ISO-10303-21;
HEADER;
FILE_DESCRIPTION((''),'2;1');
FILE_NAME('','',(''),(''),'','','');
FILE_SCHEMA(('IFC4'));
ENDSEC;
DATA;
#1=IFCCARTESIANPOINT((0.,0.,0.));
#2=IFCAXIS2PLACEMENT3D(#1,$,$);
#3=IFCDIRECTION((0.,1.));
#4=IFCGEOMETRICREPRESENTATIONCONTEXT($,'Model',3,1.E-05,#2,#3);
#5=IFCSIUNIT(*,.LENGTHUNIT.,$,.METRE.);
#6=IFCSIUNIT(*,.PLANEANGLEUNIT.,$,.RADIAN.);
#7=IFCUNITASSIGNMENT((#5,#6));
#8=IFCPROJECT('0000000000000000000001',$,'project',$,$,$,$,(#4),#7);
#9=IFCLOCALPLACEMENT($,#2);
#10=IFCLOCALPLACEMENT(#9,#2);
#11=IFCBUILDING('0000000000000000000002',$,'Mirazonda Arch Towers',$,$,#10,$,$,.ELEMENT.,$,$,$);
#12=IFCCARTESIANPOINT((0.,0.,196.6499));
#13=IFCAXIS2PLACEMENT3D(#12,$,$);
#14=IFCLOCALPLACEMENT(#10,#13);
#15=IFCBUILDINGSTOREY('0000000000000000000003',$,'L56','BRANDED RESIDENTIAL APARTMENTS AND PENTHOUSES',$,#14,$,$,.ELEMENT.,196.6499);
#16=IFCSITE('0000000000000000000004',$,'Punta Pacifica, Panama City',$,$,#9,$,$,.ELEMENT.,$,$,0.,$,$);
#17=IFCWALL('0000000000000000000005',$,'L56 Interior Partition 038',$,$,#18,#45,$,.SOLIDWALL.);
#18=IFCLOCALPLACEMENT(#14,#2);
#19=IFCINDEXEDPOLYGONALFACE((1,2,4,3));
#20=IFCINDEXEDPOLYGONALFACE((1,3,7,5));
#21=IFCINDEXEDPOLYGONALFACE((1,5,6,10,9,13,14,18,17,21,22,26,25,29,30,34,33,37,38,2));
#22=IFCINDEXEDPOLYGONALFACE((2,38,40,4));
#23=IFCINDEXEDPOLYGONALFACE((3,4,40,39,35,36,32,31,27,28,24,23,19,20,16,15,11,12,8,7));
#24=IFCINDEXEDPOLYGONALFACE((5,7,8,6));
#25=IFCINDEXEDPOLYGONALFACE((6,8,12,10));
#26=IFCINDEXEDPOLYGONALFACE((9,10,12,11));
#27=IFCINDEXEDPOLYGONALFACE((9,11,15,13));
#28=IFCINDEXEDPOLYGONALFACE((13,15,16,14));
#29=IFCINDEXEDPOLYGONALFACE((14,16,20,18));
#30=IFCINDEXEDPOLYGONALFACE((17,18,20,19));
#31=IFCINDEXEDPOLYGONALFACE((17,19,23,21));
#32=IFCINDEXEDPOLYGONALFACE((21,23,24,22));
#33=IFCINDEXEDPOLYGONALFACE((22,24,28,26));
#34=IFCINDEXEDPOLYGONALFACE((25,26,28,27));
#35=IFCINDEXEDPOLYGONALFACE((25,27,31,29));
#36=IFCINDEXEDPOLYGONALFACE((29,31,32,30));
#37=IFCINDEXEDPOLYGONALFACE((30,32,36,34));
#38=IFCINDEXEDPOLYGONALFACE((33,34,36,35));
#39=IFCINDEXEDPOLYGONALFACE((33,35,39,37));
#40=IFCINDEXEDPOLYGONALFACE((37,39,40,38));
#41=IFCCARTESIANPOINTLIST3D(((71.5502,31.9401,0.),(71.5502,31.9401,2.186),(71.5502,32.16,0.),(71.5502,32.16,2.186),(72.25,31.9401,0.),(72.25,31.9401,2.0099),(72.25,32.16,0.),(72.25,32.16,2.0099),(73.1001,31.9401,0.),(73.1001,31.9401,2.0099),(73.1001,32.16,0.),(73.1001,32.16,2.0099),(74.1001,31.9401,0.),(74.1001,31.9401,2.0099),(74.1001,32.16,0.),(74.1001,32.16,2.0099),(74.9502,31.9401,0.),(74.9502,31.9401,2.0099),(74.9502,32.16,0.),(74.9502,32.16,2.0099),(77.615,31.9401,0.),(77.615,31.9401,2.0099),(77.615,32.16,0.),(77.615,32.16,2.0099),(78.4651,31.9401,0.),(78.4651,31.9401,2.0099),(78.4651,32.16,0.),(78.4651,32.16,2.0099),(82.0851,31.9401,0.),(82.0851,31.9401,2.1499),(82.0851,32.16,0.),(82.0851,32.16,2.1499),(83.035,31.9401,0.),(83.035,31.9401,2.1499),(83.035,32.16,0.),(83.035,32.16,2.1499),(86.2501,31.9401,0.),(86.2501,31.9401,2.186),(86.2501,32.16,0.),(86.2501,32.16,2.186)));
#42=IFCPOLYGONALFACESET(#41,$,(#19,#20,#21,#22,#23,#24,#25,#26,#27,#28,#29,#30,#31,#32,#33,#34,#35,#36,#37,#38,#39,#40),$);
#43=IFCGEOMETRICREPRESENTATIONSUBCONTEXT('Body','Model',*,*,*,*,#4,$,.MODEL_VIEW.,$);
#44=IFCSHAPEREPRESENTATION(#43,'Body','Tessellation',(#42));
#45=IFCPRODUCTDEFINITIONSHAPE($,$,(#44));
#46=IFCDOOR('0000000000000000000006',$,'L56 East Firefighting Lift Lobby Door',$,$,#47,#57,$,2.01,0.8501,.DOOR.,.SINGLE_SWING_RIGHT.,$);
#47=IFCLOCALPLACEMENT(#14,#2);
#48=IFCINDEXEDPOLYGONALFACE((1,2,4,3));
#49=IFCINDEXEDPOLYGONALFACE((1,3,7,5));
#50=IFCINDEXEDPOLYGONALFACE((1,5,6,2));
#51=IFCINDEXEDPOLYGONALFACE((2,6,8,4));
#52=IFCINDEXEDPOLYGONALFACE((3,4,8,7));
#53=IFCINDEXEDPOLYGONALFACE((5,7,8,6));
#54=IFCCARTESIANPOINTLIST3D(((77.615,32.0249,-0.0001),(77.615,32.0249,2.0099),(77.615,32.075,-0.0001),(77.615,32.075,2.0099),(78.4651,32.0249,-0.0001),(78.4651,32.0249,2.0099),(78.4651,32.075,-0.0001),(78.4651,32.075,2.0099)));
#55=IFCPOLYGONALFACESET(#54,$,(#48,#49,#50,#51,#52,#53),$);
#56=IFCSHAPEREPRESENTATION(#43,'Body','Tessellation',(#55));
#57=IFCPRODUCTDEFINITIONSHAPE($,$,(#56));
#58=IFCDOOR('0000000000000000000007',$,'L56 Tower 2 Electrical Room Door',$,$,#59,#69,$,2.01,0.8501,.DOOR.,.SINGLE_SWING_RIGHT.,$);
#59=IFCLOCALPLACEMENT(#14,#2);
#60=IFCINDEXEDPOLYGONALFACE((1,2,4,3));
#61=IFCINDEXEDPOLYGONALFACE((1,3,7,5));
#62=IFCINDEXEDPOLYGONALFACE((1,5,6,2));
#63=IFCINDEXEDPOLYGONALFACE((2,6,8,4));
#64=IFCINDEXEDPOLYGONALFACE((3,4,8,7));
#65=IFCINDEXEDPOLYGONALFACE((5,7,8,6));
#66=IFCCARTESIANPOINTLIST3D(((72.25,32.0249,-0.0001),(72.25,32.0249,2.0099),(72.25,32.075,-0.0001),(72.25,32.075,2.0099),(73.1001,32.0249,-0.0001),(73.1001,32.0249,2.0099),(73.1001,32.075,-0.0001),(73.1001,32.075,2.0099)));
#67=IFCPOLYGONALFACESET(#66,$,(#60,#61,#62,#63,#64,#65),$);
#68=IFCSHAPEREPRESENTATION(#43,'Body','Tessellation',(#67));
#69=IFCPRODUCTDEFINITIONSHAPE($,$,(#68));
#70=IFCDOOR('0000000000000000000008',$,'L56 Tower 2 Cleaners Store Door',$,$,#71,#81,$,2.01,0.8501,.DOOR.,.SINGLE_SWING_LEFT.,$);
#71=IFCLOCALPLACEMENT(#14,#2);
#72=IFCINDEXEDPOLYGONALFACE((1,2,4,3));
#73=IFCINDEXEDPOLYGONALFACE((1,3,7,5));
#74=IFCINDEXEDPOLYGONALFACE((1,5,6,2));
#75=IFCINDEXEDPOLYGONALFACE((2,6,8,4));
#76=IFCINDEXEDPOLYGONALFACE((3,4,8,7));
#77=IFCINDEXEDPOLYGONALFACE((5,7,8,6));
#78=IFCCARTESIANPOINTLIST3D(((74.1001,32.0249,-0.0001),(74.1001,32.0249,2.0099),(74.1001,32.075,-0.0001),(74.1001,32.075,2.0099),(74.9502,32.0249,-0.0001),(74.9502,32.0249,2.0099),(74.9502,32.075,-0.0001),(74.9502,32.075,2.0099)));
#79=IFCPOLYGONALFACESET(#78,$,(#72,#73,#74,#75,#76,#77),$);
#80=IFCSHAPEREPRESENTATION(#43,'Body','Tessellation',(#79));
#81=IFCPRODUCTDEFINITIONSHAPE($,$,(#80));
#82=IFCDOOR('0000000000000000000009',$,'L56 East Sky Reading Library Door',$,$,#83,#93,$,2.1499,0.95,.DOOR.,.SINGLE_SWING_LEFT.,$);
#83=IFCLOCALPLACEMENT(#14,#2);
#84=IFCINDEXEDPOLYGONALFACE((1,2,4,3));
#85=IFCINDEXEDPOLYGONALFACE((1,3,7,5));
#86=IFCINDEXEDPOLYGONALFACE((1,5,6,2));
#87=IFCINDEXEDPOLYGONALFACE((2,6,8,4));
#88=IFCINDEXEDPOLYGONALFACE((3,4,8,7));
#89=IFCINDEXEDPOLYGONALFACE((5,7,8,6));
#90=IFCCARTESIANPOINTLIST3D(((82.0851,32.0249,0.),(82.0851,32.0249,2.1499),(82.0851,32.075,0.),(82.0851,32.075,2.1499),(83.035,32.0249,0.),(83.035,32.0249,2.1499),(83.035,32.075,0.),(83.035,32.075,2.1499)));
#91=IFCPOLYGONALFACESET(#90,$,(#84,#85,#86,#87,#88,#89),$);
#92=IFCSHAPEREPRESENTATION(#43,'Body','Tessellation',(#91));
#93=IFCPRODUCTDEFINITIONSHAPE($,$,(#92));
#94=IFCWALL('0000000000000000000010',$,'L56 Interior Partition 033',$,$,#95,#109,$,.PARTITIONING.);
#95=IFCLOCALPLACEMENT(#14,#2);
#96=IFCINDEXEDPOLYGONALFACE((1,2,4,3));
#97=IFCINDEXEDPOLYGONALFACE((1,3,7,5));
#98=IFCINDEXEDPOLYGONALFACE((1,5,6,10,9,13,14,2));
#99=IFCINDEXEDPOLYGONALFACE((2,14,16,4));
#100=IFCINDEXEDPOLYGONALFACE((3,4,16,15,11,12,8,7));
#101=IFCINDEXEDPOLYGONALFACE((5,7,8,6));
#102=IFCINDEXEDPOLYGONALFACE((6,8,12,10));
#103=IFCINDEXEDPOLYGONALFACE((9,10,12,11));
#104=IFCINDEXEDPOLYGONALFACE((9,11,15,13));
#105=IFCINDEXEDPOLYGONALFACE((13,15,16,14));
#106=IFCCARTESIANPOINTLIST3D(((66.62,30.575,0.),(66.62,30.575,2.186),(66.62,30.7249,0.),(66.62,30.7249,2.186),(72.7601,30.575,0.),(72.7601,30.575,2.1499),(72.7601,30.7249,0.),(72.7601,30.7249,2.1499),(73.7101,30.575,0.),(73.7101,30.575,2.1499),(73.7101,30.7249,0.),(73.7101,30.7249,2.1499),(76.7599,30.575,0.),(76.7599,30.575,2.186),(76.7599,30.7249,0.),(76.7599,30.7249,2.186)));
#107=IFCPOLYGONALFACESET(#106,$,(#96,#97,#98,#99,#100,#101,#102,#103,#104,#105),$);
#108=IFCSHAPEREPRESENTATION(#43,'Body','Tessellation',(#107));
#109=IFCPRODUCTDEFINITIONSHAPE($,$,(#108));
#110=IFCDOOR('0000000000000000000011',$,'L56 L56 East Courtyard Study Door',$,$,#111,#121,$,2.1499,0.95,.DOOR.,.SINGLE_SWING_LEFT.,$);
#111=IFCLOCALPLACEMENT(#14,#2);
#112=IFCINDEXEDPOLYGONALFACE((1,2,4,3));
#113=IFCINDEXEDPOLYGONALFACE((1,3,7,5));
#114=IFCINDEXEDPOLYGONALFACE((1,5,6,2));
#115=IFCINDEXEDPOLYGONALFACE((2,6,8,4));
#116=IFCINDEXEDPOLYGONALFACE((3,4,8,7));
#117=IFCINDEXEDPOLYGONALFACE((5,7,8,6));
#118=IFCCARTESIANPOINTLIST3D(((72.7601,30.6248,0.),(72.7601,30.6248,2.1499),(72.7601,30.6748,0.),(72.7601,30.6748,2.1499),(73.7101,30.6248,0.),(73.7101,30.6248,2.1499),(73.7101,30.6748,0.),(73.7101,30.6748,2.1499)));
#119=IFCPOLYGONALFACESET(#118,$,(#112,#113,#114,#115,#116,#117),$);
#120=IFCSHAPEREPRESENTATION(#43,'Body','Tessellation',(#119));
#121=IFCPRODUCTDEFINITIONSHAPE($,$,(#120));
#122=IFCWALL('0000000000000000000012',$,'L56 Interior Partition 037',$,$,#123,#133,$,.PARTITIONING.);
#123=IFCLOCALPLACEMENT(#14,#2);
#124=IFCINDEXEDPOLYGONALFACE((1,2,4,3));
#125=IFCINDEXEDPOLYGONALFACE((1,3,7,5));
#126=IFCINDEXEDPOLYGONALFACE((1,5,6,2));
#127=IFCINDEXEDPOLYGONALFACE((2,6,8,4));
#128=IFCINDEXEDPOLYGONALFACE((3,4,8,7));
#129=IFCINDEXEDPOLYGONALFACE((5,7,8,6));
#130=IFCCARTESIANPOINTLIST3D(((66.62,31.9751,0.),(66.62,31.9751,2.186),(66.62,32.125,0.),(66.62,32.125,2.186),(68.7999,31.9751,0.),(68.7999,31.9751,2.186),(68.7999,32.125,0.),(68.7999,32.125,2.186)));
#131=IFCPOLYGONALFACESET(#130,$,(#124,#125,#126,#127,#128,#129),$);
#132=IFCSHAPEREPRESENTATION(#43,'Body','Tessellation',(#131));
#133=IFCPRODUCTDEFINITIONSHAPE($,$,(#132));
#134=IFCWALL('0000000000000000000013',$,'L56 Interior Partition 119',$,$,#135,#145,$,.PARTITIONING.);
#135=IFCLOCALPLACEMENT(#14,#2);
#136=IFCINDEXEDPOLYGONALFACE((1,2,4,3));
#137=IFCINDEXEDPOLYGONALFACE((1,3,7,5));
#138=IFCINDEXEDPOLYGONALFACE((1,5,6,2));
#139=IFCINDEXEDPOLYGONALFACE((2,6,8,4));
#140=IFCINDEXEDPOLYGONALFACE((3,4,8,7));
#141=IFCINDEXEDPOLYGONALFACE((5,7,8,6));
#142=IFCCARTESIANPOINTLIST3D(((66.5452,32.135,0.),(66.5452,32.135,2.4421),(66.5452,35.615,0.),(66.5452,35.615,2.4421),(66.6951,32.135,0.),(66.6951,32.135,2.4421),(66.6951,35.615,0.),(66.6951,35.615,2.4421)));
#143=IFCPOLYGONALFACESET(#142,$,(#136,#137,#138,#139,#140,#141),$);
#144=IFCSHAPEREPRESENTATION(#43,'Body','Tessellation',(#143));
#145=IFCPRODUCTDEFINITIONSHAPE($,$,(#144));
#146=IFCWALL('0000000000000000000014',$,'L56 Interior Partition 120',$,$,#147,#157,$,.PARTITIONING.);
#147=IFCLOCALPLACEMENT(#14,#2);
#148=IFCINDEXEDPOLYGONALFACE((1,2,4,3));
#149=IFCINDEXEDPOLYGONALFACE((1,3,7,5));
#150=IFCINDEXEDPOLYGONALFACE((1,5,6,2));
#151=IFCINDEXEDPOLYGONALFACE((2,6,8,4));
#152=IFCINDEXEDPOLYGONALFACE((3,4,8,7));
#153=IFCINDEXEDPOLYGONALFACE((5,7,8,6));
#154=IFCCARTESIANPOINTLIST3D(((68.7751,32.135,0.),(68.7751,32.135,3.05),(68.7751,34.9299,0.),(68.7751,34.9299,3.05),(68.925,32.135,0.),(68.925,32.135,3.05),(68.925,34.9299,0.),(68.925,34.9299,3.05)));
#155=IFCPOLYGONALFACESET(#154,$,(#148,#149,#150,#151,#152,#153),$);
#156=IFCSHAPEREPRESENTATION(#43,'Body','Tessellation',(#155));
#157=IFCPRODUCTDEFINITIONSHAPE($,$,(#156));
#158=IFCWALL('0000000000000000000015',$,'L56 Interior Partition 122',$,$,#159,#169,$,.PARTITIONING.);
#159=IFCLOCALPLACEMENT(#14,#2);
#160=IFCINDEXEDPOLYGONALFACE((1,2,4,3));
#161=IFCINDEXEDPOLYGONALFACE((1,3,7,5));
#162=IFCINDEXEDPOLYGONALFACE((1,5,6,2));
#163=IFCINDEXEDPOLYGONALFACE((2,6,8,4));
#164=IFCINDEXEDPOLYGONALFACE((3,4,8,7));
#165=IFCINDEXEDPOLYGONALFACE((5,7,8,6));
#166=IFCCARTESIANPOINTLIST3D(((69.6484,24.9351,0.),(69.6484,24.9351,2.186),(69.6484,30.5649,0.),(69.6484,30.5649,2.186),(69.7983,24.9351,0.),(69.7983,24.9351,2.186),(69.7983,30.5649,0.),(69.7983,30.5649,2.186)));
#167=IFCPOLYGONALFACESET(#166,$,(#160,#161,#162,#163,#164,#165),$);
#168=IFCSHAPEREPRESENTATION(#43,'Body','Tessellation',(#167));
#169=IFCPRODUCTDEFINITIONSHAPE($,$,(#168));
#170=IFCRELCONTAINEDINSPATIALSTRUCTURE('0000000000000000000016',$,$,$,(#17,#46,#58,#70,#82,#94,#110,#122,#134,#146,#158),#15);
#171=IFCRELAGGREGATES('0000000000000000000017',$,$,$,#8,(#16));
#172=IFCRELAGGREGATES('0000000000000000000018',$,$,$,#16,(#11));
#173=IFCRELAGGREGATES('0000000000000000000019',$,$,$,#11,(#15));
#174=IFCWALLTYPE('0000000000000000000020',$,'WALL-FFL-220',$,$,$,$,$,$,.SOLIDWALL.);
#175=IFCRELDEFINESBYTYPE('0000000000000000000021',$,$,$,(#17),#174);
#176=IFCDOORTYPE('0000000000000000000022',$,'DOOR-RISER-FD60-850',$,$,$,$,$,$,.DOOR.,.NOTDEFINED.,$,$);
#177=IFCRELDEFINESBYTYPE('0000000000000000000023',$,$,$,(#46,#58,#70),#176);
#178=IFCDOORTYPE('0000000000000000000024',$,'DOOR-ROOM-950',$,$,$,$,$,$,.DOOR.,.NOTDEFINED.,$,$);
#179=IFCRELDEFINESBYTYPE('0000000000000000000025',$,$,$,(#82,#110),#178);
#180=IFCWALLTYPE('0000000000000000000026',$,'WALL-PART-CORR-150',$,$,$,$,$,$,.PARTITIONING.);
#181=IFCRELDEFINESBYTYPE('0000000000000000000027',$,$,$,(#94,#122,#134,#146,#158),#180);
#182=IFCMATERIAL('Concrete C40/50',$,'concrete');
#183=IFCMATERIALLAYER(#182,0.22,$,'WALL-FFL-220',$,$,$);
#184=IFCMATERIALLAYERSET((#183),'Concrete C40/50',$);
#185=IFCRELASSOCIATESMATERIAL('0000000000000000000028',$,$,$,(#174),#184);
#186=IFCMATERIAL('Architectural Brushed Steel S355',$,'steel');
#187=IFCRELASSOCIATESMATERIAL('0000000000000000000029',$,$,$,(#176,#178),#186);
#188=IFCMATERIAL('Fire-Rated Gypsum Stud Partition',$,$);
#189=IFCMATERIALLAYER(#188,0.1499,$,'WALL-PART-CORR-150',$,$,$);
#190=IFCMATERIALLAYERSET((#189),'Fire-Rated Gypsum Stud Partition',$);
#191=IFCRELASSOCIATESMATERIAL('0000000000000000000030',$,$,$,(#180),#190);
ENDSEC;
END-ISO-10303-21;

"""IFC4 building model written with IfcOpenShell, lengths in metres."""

from ifc_helpers import new_model, si_unit, direction, frame, frame_2d, origin, place, context, subcontext, project, spatial, rectangle, extrude, material, layer, layer_set, type_object, element, fill, save


model = new_model("IFC4")

# Units and contexts
model_context = context("Model", 3, precision=1e-05, world=origin(), true_north=direction((0.0, 1.0)))
body_context = subcontext(model_context, "Body", "Model", "MODEL_VIEW")
ifc_project = project(units=[si_unit("LENGTHUNIT", "METRE"), si_unit("PLANEANGLEUNIT", "RADIAN")], contexts=[model_context])

# Site, building, storey
site_placement = place(None, origin())
site = spatial("IfcSite", under=ifc_project, at=site_placement, Name="Punta Pacifica, Panama City", CompositionType="ELEMENT", RefElevation=0.0)
building_placement = place(site_placement, origin())
building = spatial("IfcBuilding", under=site, at=building_placement, Name="Mirazonda Arch Towers", CompositionType="ELEMENT")
storey_placement = place(building_placement, frame((0.0, 0.0, 196.6499)))
storey = spatial("IfcBuildingStorey", under=building, at=storey_placement, Name="L56", Description="BRANDED RESIDENTIAL APARTMENTS AND PENTHOUSES", CompositionType="ELEMENT", Elevation=196.6499)

# Wall, openings, doors
ifc_material_1 = material(Name="Architectural Brushed Steel S355", Category="steel")
ifc_material_2 = material(Name="Concrete C40/50", Category="concrete")
ifc_layer_1 = layer(ifc_material_2, 0.22, Name="WALL-FFL-220")
ifc_layer_set_1 = layer_set([ifc_layer_1], Name="Concrete C40/50")
wall_type_1 = type_object("IfcWallType", Name="WALL-FFL-220", PredefinedType="SOLIDWALL", material=ifc_layer_set_1)
wall_1_placement = place(storey_placement, frame((71.55, 32.05, 0.0), z_axis=(0.0, 0.0, 1.0), x_axis=(1.0, 0.0, 0.0)))
wall_1 = element("IfcWall", 1, at=wall_1_placement, inside=storey, type_object=wall_type_1, Name="L56 Interior Partition 038", PredefinedType="SOLIDWALL", context=body_context, shape_type="SweptSolid", body=[
    extrude(rectangle(XDim=14.7, YDim=0.22, at=frame_2d((7.3501, 0.0))), origin(), (0.0, 0.0, 1.0), 2.186),
])
opening_1_placement = place(wall_1_placement, frame((6.0649, 0.0, 0.0)))
opening_1 = element("IfcOpeningElement", 2, at=opening_1_placement, cuts=wall_1, PredefinedType="OPENING", context=body_context, shape_type="SweptSolid", body=[
    extrude(rectangle(XDim=0.8501, YDim=2.01, at=frame_2d((0.425, 1.0049))), frame((0.0, 0.1199, 0.0), z_axis=(0.0, -1.0, 0.0), x_axis=(1.0, 0.0, 0.0)), (0.0, 0.0, 1.0), 0.24),
])
opening_2_placement = place(wall_1_placement, frame((10.5349, 0.0, 0.0)))
opening_2 = element("IfcOpeningElement", 3, at=opening_2_placement, cuts=wall_1, PredefinedType="OPENING", context=body_context, shape_type="SweptSolid", body=[
    extrude(rectangle(XDim=0.95, YDim=2.1499, at=frame_2d((0.4751, 1.075))), frame((0.0, 0.1199, 0.0), z_axis=(0.0, -1.0, 0.0), x_axis=(1.0, 0.0, 0.0)), (0.0, 0.0, 1.0), 0.24),
])
opening_3_placement = place(wall_1_placement, frame((0.7, 0.0, 0.0)))
opening_3 = element("IfcOpeningElement", 4, at=opening_3_placement, cuts=wall_1, PredefinedType="OPENING", context=body_context, shape_type="SweptSolid", body=[
    extrude(rectangle(XDim=0.8501, YDim=2.01, at=frame_2d((0.425, 1.0049))), frame((0.0, 0.1199, 0.0), z_axis=(0.0, -1.0, 0.0), x_axis=(1.0, 0.0, 0.0)), (0.0, 0.0, 1.0), 0.24),
])
opening_4_placement = place(wall_1_placement, frame((2.55, 0.0, 0.0)))
opening_4 = element("IfcOpeningElement", 5, at=opening_4_placement, cuts=wall_1, PredefinedType="OPENING", context=body_context, shape_type="SweptSolid", body=[
    extrude(rectangle(XDim=0.8501, YDim=2.01, at=frame_2d((0.425, 1.0049))), frame((0.0, 0.1199, 0.0), z_axis=(0.0, -1.0, 0.0), x_axis=(1.0, 0.0, 0.0)), (0.0, 0.0, 1.0), 0.24),
])
door_type_1 = type_object("IfcDoorType", Name="DOOR-RISER-FD60-850", OperationType="NOTDEFINED", PredefinedType="DOOR", material=ifc_material_1)
door_1_placement = place(opening_1_placement, origin())
door_1 = element("IfcDoor", 6, at=door_1_placement, inside=storey, type_object=door_type_1, Name="L56 East Firefighting Lift Lobby Door", OperationType="SINGLE_SWING_RIGHT", OverallHeight=2.01, OverallWidth=0.8501, PredefinedType="DOOR", context=body_context, shape_type="SweptSolid", body=[
    extrude(rectangle(XDim=0.8501, YDim=2.01, at=frame_2d((0.425, 1.0049))), frame((0.0, 0.0249, 0.0), z_axis=(0.0, -1.0, 0.0), x_axis=(1.0, 0.0, 0.0)), (0.0, 0.0, 1.0), 0.05),
])
fill(opening_1, door_1)
door_2_placement = place(opening_3_placement, origin())
door_2 = element("IfcDoor", 7, at=door_2_placement, inside=storey, type_object=door_type_1, Name="L56 Tower 2 Electrical Room Door", OperationType="SINGLE_SWING_RIGHT", OverallHeight=2.01, OverallWidth=0.8501, PredefinedType="DOOR", context=body_context, shape_type="SweptSolid", body=[
    extrude(rectangle(XDim=0.8501, YDim=2.01, at=frame_2d((0.425, 1.0049))), frame((0.0, 0.0249, 0.0), z_axis=(0.0, -1.0, 0.0), x_axis=(1.0, 0.0, 0.0)), (0.0, 0.0, 1.0), 0.05),
])
fill(opening_3, door_2)
door_3_placement = place(opening_4_placement, origin())
door_3 = element("IfcDoor", 8, at=door_3_placement, inside=storey, type_object=door_type_1, Name="L56 Tower 2 Cleaners Store Door", OperationType="SINGLE_SWING_LEFT", OverallHeight=2.01, OverallWidth=0.8501, PredefinedType="DOOR", context=body_context, shape_type="SweptSolid", body=[
    extrude(rectangle(XDim=0.8501, YDim=2.01, at=frame_2d((0.425, 1.0049))), frame((0.0, 0.0249, 0.0), z_axis=(0.0, -1.0, 0.0), x_axis=(1.0, 0.0, 0.0)), (0.0, 0.0, 1.0), 0.05),
])
fill(opening_4, door_3)
door_type_2 = type_object("IfcDoorType", Name="DOOR-ROOM-950", OperationType="NOTDEFINED", PredefinedType="DOOR", material=ifc_material_1)
door_4_placement = place(opening_2_placement, origin())
door_4 = element("IfcDoor", 9, at=door_4_placement, inside=storey, type_object=door_type_2, Name="L56 East Sky Reading Library Door", OperationType="SINGLE_SWING_LEFT", OverallHeight=2.1499, OverallWidth=0.95, PredefinedType="DOOR", context=body_context, shape_type="SweptSolid", body=[
    extrude(rectangle(XDim=0.95, YDim=2.1499, at=frame_2d((0.4751, 1.075))), frame((0.0, 0.0249, 0.0), z_axis=(0.0, -1.0, 0.0), x_axis=(1.0, 0.0, 0.0)), (0.0, 0.0, 1.0), 0.05),
])
fill(opening_2, door_4)

# Wall, opening, door
ifc_material_3 = material(Name="Fire-Rated Gypsum Stud Partition")
ifc_layer_2 = layer(ifc_material_3, 0.1499, Name="WALL-PART-CORR-150")
ifc_layer_set_2 = layer_set([ifc_layer_2], Name="Fire-Rated Gypsum Stud Partition")
wall_type_2 = type_object("IfcWallType", Name="WALL-PART-CORR-150", PredefinedType="PARTITIONING", material=ifc_layer_set_2)
wall_2_placement = place(storey_placement, frame((66.6201, 30.6499, 0.0), z_axis=(0.0, 0.0, 1.0), x_axis=(1.0, 0.0, 0.0)))
wall_2 = element("IfcWall", 10, at=wall_2_placement, inside=storey, type_object=wall_type_2, Name="L56 Interior Partition 033", PredefinedType="PARTITIONING", context=body_context, shape_type="SweptSolid", body=[
    extrude(rectangle(XDim=10.1399, YDim=0.1499, at=frame_2d((5.0698, 0.0))), origin(), (0.0, 0.0, 1.0), 2.186),
])
opening_5_placement = place(wall_2_placement, frame((6.1399, 0.0, 0.0)))
opening_5 = element("IfcOpeningElement", 11, at=opening_5_placement, cuts=wall_2, PredefinedType="OPENING", context=body_context, shape_type="SweptSolid", body=[
    extrude(rectangle(XDim=0.95, YDim=2.1499, at=frame_2d((0.4751, 1.075))), frame((0.0, 0.085, 0.0), z_axis=(0.0, -1.0, 0.0), x_axis=(1.0, 0.0, 0.0)), (0.0, 0.0, 1.0), 0.1699),
])
door_5_placement = place(opening_5_placement, origin())
door_5 = element("IfcDoor", 12, at=door_5_placement, inside=storey, type_object=door_type_2, Name="L56 L56 East Courtyard Study Door", OperationType="SINGLE_SWING_LEFT", OverallHeight=2.1499, OverallWidth=0.95, PredefinedType="DOOR", context=body_context, shape_type="SweptSolid", body=[
    extrude(rectangle(XDim=0.95, YDim=2.1499, at=frame_2d((0.4751, 1.075))), frame((0.0, 0.0249, 0.0), z_axis=(0.0, -1.0, 0.0), x_axis=(1.0, 0.0, 0.0)), (0.0, 0.0, 1.0), 0.05),
])
fill(opening_5, door_5)

# Walls
wall_3_placement = place(storey_placement, frame((66.6201, 32.05, 0.0), z_axis=(0.0, 0.0, 1.0), x_axis=(1.0, 0.0, 0.0)))
element("IfcWall", 13, at=wall_3_placement, inside=storey, type_object=wall_type_2, Name="L56 Interior Partition 037", PredefinedType="PARTITIONING", context=body_context, shape_type="SweptSolid", body=[
    extrude(rectangle(XDim=2.1799, YDim=0.1499, at=frame_2d((1.0898, 0.0))), origin(), (0.0, 0.0, 1.0), 2.186),
])
wall_4_placement = place(storey_placement, frame((66.6201, 32.135, 0.0), z_axis=(0.0, 0.0, 1.0), x_axis=(0.0, 1.0, 0.0)))
element("IfcWall", 14, at=wall_4_placement, inside=storey, type_object=wall_type_2, Name="L56 Interior Partition 119", PredefinedType="PARTITIONING", context=body_context, shape_type="SweptSolid", body=[
    extrude(rectangle(XDim=3.48, YDim=0.1499, at=frame_2d((1.74, 0.0))), origin(), (0.0, 0.0, 1.0), 2.4421),
])
wall_5_placement = place(storey_placement, frame((68.8501, 32.135, 0.0), z_axis=(0.0, 0.0, 1.0), x_axis=(0.0, 1.0, 0.0)))
element("IfcWall", 15, at=wall_5_placement, inside=storey, type_object=wall_type_2, Name="L56 Interior Partition 120", PredefinedType="PARTITIONING", context=body_context, shape_type="SweptSolid", body=[
    extrude(rectangle(XDim=2.7949, YDim=0.1499, at=frame_2d((1.3975, 0.0))), origin(), (0.0, 0.0, 1.0), 3.05),
])
wall_6_placement = place(storey_placement, frame((69.7234, 24.9351, 0.0), z_axis=(0.0, 0.0, 1.0), x_axis=(0.0, 1.0, 0.0)))
element("IfcWall", 16, at=wall_6_placement, inside=storey, type_object=wall_type_2, Name="L56 Interior Partition 122", PredefinedType="PARTITIONING", context=body_context, shape_type="SweptSolid", body=[
    extrude(rectangle(XDim=5.6299, YDim=0.1499, at=frame_2d((2.8149, 0.0))), origin(), (0.0, 0.0, 1.0), 2.186),
])

save(model, "model.ifc")
